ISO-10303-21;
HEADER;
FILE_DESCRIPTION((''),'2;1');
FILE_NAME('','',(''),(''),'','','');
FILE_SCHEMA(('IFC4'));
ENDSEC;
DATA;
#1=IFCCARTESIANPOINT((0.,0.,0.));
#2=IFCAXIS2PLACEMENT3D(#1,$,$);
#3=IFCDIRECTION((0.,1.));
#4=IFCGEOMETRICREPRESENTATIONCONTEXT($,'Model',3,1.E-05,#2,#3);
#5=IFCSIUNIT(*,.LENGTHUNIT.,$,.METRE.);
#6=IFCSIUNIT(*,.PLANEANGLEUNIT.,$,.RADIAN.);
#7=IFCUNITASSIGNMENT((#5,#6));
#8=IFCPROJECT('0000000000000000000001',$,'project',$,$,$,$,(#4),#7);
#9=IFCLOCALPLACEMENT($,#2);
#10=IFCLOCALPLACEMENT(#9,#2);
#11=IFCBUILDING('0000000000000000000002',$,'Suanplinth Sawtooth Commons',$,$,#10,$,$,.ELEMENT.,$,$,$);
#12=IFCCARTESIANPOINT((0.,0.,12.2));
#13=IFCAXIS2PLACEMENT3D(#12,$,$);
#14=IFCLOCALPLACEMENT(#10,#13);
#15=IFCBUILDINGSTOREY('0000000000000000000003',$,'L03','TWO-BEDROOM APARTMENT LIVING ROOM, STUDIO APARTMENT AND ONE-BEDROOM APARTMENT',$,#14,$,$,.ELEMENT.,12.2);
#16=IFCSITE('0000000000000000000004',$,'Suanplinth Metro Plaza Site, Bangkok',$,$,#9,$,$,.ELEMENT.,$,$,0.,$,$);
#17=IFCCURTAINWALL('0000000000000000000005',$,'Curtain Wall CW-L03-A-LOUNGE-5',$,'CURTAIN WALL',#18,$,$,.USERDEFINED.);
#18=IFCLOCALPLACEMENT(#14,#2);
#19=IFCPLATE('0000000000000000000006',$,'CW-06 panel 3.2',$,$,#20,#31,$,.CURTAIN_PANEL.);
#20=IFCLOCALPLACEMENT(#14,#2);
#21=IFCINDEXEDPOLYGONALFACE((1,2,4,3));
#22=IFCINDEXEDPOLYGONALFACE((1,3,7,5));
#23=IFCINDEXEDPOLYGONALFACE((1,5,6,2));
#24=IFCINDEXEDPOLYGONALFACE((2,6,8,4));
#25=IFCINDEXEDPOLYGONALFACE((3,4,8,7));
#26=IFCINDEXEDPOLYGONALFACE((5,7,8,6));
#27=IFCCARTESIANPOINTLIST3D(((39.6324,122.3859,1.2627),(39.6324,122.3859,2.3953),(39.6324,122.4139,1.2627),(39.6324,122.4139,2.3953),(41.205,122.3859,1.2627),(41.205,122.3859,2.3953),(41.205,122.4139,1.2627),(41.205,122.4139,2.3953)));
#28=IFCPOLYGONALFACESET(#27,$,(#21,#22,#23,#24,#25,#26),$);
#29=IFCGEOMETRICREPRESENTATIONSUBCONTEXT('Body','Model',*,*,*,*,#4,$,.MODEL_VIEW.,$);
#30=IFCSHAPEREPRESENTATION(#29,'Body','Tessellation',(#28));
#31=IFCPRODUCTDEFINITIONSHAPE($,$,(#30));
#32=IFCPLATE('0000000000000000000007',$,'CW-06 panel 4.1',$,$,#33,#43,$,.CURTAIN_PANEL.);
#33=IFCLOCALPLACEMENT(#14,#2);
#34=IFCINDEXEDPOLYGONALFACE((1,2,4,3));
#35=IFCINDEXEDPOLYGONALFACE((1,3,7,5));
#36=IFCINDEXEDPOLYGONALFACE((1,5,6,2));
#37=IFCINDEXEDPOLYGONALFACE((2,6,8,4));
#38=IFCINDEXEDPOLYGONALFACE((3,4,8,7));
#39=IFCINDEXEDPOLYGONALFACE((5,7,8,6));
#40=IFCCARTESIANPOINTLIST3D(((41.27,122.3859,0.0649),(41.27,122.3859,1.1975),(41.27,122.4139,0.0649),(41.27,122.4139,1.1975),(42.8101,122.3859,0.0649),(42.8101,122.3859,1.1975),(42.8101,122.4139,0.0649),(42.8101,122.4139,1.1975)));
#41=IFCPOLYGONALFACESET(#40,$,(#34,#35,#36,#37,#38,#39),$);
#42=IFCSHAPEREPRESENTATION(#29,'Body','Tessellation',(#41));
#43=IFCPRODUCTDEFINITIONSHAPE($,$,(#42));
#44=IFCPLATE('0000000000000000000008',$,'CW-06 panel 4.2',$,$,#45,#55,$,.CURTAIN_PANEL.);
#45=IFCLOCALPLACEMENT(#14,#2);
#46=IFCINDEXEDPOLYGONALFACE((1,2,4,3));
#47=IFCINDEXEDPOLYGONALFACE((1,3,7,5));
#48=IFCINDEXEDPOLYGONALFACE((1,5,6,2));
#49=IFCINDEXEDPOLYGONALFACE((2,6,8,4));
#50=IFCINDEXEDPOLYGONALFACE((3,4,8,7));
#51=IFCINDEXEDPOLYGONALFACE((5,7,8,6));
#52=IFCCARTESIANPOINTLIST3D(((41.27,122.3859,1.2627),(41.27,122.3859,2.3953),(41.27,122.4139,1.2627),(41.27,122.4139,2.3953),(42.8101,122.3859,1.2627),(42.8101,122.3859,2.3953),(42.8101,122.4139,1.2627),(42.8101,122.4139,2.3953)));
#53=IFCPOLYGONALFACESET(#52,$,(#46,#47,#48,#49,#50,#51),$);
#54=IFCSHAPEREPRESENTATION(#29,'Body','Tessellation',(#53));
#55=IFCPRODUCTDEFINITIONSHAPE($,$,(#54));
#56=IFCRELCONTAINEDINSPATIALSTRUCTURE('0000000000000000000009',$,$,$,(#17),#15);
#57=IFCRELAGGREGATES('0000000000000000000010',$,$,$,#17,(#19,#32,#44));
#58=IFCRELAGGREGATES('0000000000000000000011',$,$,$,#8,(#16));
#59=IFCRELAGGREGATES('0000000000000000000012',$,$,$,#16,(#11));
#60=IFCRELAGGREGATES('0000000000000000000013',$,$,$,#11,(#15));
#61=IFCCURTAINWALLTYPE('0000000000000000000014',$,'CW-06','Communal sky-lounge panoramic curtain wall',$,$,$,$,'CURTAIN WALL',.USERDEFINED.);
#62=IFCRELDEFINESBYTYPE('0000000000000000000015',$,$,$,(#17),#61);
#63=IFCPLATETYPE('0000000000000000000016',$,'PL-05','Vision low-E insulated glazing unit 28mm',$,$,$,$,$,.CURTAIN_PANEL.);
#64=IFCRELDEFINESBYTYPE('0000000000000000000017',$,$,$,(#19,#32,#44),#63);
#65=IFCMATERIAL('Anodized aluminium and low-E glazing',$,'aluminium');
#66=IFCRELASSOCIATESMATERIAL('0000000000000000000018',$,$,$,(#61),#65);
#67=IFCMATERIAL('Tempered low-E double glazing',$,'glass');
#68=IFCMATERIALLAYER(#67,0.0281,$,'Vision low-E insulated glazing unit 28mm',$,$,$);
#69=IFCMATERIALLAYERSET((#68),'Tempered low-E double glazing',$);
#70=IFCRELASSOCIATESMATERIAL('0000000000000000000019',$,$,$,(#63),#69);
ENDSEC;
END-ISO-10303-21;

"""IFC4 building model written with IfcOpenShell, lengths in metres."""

from ifc_helpers import new_model, si_unit, direction, frame, origin, origin_2d, place, context, subcontext, project, spatial, rectangle, extrude, material, layer, layer_set, type_object, element, aggregate, save


model = new_model("IFC4")

# Units and contexts
model_context = context("Model", 3, precision=1e-05, world=origin(), true_north=direction((0.0, 1.0)))
body_context = subcontext(model_context, "Body", "Model", "MODEL_VIEW")
ifc_project = project(units=[si_unit("LENGTHUNIT", "METRE"), si_unit("PLANEANGLEUNIT", "RADIAN")], contexts=[model_context])

# Site, building, storey
site_placement = place(None, origin())
site = spatial("IfcSite", under=ifc_project, at=site_placement, Name="Suanplinth Metro Plaza Site, Bangkok", CompositionType="ELEMENT", RefElevation=0.0)
building_placement = place(site_placement, origin())
building = spatial("IfcBuilding", under=site, at=building_placement, Name="Suanplinth Sawtooth Commons", CompositionType="ELEMENT")
storey_placement = place(building_placement, frame((0.0, 0.0, 12.2)))
storey = spatial("IfcBuildingStorey", under=building, at=storey_placement, Name="L03", Description="TWO-BEDROOM APARTMENT LIVING ROOM, STUDIO APARTMENT AND ONE-BEDROOM APARTMENT", CompositionType="ELEMENT", Elevation=12.2)

# Curtain wall
ifc_material_1 = material(Name="Anodized aluminium and low-E glazing", Category="aluminium")
curtain_wall_type = type_object("IfcCurtainWallType", Name="CW-06", Description="Communal sky-lounge panoramic curtain wall", ElementType="CURTAIN WALL", PredefinedType="USERDEFINED", material=ifc_material_1)
curtain_wall_placement = place(storey_placement, origin())
curtain_wall = element("IfcCurtainWall", 1, at=curtain_wall_placement, inside=storey, type_object=curtain_wall_type, Name="Curtain Wall CW-L03-A-LOUNGE-5", ObjectType="CURTAIN WALL", PredefinedType="USERDEFINED")

# Plates
ifc_material_2 = material(Name="Tempered low-E double glazing", Category="glass")
ifc_layer_1 = layer(ifc_material_2, 0.0281, Name="Vision low-E insulated glazing unit 28mm")
ifc_layer_set_1 = layer_set([ifc_layer_1], Name="Tempered low-E double glazing")
plate_type_1 = type_object("IfcPlateType", Name="PL-05", Description="Vision low-E insulated glazing unit 28mm", PredefinedType="CURTAIN_PANEL", material=ifc_layer_set_1)
plate_1_placement = place(storey_placement, frame((40.4187, 122.3999, 1.2627), z_axis=(0.0, 0.0, 1.0), x_axis=(1.0, 0.0, 0.0)))
plate_1 = element("IfcPlate", 2, at=plate_1_placement, type_object=plate_type_1, Name="CW-06 panel 3.2", PredefinedType="CURTAIN_PANEL", context=body_context, shape_type="SweptSolid", body=[
    extrude(rectangle(XDim=1.5725, YDim=0.0281, at=origin_2d()), origin(), (0.0, 0.0, 1.0), 1.1326),
])
plate_2_placement = place(storey_placement, frame((42.04, 122.3999, 0.0649), z_axis=(0.0, 0.0, 1.0), x_axis=(1.0, 0.0, 0.0)))
plate_2 = element("IfcPlate", 3, at=plate_2_placement, type_object=plate_type_1, Name="CW-06 panel 4.1", PredefinedType="CURTAIN_PANEL", context=body_context, shape_type="SweptSolid", body=[
    extrude(rectangle(XDim=1.54, YDim=0.0281, at=origin_2d()), origin(), (0.0, 0.0, 1.0), 1.1326),
])
plate_3_placement = place(storey_placement, frame((42.04, 122.3999, 1.2627), z_axis=(0.0, 0.0, 1.0), x_axis=(1.0, 0.0, 0.0)))
plate_3 = element("IfcPlate", 4, at=plate_3_placement, type_object=plate_type_1, Name="CW-06 panel 4.2", PredefinedType="CURTAIN_PANEL", context=body_context, shape_type="SweptSolid", body=[
    extrude(rectangle(XDim=1.54, YDim=0.0281, at=origin_2d()), origin(), (0.0, 0.0, 1.0), 1.1326),
])
aggregate(curtain_wall, [plate_1, plate_2, plate_3])

save(model, "model.ifc")
